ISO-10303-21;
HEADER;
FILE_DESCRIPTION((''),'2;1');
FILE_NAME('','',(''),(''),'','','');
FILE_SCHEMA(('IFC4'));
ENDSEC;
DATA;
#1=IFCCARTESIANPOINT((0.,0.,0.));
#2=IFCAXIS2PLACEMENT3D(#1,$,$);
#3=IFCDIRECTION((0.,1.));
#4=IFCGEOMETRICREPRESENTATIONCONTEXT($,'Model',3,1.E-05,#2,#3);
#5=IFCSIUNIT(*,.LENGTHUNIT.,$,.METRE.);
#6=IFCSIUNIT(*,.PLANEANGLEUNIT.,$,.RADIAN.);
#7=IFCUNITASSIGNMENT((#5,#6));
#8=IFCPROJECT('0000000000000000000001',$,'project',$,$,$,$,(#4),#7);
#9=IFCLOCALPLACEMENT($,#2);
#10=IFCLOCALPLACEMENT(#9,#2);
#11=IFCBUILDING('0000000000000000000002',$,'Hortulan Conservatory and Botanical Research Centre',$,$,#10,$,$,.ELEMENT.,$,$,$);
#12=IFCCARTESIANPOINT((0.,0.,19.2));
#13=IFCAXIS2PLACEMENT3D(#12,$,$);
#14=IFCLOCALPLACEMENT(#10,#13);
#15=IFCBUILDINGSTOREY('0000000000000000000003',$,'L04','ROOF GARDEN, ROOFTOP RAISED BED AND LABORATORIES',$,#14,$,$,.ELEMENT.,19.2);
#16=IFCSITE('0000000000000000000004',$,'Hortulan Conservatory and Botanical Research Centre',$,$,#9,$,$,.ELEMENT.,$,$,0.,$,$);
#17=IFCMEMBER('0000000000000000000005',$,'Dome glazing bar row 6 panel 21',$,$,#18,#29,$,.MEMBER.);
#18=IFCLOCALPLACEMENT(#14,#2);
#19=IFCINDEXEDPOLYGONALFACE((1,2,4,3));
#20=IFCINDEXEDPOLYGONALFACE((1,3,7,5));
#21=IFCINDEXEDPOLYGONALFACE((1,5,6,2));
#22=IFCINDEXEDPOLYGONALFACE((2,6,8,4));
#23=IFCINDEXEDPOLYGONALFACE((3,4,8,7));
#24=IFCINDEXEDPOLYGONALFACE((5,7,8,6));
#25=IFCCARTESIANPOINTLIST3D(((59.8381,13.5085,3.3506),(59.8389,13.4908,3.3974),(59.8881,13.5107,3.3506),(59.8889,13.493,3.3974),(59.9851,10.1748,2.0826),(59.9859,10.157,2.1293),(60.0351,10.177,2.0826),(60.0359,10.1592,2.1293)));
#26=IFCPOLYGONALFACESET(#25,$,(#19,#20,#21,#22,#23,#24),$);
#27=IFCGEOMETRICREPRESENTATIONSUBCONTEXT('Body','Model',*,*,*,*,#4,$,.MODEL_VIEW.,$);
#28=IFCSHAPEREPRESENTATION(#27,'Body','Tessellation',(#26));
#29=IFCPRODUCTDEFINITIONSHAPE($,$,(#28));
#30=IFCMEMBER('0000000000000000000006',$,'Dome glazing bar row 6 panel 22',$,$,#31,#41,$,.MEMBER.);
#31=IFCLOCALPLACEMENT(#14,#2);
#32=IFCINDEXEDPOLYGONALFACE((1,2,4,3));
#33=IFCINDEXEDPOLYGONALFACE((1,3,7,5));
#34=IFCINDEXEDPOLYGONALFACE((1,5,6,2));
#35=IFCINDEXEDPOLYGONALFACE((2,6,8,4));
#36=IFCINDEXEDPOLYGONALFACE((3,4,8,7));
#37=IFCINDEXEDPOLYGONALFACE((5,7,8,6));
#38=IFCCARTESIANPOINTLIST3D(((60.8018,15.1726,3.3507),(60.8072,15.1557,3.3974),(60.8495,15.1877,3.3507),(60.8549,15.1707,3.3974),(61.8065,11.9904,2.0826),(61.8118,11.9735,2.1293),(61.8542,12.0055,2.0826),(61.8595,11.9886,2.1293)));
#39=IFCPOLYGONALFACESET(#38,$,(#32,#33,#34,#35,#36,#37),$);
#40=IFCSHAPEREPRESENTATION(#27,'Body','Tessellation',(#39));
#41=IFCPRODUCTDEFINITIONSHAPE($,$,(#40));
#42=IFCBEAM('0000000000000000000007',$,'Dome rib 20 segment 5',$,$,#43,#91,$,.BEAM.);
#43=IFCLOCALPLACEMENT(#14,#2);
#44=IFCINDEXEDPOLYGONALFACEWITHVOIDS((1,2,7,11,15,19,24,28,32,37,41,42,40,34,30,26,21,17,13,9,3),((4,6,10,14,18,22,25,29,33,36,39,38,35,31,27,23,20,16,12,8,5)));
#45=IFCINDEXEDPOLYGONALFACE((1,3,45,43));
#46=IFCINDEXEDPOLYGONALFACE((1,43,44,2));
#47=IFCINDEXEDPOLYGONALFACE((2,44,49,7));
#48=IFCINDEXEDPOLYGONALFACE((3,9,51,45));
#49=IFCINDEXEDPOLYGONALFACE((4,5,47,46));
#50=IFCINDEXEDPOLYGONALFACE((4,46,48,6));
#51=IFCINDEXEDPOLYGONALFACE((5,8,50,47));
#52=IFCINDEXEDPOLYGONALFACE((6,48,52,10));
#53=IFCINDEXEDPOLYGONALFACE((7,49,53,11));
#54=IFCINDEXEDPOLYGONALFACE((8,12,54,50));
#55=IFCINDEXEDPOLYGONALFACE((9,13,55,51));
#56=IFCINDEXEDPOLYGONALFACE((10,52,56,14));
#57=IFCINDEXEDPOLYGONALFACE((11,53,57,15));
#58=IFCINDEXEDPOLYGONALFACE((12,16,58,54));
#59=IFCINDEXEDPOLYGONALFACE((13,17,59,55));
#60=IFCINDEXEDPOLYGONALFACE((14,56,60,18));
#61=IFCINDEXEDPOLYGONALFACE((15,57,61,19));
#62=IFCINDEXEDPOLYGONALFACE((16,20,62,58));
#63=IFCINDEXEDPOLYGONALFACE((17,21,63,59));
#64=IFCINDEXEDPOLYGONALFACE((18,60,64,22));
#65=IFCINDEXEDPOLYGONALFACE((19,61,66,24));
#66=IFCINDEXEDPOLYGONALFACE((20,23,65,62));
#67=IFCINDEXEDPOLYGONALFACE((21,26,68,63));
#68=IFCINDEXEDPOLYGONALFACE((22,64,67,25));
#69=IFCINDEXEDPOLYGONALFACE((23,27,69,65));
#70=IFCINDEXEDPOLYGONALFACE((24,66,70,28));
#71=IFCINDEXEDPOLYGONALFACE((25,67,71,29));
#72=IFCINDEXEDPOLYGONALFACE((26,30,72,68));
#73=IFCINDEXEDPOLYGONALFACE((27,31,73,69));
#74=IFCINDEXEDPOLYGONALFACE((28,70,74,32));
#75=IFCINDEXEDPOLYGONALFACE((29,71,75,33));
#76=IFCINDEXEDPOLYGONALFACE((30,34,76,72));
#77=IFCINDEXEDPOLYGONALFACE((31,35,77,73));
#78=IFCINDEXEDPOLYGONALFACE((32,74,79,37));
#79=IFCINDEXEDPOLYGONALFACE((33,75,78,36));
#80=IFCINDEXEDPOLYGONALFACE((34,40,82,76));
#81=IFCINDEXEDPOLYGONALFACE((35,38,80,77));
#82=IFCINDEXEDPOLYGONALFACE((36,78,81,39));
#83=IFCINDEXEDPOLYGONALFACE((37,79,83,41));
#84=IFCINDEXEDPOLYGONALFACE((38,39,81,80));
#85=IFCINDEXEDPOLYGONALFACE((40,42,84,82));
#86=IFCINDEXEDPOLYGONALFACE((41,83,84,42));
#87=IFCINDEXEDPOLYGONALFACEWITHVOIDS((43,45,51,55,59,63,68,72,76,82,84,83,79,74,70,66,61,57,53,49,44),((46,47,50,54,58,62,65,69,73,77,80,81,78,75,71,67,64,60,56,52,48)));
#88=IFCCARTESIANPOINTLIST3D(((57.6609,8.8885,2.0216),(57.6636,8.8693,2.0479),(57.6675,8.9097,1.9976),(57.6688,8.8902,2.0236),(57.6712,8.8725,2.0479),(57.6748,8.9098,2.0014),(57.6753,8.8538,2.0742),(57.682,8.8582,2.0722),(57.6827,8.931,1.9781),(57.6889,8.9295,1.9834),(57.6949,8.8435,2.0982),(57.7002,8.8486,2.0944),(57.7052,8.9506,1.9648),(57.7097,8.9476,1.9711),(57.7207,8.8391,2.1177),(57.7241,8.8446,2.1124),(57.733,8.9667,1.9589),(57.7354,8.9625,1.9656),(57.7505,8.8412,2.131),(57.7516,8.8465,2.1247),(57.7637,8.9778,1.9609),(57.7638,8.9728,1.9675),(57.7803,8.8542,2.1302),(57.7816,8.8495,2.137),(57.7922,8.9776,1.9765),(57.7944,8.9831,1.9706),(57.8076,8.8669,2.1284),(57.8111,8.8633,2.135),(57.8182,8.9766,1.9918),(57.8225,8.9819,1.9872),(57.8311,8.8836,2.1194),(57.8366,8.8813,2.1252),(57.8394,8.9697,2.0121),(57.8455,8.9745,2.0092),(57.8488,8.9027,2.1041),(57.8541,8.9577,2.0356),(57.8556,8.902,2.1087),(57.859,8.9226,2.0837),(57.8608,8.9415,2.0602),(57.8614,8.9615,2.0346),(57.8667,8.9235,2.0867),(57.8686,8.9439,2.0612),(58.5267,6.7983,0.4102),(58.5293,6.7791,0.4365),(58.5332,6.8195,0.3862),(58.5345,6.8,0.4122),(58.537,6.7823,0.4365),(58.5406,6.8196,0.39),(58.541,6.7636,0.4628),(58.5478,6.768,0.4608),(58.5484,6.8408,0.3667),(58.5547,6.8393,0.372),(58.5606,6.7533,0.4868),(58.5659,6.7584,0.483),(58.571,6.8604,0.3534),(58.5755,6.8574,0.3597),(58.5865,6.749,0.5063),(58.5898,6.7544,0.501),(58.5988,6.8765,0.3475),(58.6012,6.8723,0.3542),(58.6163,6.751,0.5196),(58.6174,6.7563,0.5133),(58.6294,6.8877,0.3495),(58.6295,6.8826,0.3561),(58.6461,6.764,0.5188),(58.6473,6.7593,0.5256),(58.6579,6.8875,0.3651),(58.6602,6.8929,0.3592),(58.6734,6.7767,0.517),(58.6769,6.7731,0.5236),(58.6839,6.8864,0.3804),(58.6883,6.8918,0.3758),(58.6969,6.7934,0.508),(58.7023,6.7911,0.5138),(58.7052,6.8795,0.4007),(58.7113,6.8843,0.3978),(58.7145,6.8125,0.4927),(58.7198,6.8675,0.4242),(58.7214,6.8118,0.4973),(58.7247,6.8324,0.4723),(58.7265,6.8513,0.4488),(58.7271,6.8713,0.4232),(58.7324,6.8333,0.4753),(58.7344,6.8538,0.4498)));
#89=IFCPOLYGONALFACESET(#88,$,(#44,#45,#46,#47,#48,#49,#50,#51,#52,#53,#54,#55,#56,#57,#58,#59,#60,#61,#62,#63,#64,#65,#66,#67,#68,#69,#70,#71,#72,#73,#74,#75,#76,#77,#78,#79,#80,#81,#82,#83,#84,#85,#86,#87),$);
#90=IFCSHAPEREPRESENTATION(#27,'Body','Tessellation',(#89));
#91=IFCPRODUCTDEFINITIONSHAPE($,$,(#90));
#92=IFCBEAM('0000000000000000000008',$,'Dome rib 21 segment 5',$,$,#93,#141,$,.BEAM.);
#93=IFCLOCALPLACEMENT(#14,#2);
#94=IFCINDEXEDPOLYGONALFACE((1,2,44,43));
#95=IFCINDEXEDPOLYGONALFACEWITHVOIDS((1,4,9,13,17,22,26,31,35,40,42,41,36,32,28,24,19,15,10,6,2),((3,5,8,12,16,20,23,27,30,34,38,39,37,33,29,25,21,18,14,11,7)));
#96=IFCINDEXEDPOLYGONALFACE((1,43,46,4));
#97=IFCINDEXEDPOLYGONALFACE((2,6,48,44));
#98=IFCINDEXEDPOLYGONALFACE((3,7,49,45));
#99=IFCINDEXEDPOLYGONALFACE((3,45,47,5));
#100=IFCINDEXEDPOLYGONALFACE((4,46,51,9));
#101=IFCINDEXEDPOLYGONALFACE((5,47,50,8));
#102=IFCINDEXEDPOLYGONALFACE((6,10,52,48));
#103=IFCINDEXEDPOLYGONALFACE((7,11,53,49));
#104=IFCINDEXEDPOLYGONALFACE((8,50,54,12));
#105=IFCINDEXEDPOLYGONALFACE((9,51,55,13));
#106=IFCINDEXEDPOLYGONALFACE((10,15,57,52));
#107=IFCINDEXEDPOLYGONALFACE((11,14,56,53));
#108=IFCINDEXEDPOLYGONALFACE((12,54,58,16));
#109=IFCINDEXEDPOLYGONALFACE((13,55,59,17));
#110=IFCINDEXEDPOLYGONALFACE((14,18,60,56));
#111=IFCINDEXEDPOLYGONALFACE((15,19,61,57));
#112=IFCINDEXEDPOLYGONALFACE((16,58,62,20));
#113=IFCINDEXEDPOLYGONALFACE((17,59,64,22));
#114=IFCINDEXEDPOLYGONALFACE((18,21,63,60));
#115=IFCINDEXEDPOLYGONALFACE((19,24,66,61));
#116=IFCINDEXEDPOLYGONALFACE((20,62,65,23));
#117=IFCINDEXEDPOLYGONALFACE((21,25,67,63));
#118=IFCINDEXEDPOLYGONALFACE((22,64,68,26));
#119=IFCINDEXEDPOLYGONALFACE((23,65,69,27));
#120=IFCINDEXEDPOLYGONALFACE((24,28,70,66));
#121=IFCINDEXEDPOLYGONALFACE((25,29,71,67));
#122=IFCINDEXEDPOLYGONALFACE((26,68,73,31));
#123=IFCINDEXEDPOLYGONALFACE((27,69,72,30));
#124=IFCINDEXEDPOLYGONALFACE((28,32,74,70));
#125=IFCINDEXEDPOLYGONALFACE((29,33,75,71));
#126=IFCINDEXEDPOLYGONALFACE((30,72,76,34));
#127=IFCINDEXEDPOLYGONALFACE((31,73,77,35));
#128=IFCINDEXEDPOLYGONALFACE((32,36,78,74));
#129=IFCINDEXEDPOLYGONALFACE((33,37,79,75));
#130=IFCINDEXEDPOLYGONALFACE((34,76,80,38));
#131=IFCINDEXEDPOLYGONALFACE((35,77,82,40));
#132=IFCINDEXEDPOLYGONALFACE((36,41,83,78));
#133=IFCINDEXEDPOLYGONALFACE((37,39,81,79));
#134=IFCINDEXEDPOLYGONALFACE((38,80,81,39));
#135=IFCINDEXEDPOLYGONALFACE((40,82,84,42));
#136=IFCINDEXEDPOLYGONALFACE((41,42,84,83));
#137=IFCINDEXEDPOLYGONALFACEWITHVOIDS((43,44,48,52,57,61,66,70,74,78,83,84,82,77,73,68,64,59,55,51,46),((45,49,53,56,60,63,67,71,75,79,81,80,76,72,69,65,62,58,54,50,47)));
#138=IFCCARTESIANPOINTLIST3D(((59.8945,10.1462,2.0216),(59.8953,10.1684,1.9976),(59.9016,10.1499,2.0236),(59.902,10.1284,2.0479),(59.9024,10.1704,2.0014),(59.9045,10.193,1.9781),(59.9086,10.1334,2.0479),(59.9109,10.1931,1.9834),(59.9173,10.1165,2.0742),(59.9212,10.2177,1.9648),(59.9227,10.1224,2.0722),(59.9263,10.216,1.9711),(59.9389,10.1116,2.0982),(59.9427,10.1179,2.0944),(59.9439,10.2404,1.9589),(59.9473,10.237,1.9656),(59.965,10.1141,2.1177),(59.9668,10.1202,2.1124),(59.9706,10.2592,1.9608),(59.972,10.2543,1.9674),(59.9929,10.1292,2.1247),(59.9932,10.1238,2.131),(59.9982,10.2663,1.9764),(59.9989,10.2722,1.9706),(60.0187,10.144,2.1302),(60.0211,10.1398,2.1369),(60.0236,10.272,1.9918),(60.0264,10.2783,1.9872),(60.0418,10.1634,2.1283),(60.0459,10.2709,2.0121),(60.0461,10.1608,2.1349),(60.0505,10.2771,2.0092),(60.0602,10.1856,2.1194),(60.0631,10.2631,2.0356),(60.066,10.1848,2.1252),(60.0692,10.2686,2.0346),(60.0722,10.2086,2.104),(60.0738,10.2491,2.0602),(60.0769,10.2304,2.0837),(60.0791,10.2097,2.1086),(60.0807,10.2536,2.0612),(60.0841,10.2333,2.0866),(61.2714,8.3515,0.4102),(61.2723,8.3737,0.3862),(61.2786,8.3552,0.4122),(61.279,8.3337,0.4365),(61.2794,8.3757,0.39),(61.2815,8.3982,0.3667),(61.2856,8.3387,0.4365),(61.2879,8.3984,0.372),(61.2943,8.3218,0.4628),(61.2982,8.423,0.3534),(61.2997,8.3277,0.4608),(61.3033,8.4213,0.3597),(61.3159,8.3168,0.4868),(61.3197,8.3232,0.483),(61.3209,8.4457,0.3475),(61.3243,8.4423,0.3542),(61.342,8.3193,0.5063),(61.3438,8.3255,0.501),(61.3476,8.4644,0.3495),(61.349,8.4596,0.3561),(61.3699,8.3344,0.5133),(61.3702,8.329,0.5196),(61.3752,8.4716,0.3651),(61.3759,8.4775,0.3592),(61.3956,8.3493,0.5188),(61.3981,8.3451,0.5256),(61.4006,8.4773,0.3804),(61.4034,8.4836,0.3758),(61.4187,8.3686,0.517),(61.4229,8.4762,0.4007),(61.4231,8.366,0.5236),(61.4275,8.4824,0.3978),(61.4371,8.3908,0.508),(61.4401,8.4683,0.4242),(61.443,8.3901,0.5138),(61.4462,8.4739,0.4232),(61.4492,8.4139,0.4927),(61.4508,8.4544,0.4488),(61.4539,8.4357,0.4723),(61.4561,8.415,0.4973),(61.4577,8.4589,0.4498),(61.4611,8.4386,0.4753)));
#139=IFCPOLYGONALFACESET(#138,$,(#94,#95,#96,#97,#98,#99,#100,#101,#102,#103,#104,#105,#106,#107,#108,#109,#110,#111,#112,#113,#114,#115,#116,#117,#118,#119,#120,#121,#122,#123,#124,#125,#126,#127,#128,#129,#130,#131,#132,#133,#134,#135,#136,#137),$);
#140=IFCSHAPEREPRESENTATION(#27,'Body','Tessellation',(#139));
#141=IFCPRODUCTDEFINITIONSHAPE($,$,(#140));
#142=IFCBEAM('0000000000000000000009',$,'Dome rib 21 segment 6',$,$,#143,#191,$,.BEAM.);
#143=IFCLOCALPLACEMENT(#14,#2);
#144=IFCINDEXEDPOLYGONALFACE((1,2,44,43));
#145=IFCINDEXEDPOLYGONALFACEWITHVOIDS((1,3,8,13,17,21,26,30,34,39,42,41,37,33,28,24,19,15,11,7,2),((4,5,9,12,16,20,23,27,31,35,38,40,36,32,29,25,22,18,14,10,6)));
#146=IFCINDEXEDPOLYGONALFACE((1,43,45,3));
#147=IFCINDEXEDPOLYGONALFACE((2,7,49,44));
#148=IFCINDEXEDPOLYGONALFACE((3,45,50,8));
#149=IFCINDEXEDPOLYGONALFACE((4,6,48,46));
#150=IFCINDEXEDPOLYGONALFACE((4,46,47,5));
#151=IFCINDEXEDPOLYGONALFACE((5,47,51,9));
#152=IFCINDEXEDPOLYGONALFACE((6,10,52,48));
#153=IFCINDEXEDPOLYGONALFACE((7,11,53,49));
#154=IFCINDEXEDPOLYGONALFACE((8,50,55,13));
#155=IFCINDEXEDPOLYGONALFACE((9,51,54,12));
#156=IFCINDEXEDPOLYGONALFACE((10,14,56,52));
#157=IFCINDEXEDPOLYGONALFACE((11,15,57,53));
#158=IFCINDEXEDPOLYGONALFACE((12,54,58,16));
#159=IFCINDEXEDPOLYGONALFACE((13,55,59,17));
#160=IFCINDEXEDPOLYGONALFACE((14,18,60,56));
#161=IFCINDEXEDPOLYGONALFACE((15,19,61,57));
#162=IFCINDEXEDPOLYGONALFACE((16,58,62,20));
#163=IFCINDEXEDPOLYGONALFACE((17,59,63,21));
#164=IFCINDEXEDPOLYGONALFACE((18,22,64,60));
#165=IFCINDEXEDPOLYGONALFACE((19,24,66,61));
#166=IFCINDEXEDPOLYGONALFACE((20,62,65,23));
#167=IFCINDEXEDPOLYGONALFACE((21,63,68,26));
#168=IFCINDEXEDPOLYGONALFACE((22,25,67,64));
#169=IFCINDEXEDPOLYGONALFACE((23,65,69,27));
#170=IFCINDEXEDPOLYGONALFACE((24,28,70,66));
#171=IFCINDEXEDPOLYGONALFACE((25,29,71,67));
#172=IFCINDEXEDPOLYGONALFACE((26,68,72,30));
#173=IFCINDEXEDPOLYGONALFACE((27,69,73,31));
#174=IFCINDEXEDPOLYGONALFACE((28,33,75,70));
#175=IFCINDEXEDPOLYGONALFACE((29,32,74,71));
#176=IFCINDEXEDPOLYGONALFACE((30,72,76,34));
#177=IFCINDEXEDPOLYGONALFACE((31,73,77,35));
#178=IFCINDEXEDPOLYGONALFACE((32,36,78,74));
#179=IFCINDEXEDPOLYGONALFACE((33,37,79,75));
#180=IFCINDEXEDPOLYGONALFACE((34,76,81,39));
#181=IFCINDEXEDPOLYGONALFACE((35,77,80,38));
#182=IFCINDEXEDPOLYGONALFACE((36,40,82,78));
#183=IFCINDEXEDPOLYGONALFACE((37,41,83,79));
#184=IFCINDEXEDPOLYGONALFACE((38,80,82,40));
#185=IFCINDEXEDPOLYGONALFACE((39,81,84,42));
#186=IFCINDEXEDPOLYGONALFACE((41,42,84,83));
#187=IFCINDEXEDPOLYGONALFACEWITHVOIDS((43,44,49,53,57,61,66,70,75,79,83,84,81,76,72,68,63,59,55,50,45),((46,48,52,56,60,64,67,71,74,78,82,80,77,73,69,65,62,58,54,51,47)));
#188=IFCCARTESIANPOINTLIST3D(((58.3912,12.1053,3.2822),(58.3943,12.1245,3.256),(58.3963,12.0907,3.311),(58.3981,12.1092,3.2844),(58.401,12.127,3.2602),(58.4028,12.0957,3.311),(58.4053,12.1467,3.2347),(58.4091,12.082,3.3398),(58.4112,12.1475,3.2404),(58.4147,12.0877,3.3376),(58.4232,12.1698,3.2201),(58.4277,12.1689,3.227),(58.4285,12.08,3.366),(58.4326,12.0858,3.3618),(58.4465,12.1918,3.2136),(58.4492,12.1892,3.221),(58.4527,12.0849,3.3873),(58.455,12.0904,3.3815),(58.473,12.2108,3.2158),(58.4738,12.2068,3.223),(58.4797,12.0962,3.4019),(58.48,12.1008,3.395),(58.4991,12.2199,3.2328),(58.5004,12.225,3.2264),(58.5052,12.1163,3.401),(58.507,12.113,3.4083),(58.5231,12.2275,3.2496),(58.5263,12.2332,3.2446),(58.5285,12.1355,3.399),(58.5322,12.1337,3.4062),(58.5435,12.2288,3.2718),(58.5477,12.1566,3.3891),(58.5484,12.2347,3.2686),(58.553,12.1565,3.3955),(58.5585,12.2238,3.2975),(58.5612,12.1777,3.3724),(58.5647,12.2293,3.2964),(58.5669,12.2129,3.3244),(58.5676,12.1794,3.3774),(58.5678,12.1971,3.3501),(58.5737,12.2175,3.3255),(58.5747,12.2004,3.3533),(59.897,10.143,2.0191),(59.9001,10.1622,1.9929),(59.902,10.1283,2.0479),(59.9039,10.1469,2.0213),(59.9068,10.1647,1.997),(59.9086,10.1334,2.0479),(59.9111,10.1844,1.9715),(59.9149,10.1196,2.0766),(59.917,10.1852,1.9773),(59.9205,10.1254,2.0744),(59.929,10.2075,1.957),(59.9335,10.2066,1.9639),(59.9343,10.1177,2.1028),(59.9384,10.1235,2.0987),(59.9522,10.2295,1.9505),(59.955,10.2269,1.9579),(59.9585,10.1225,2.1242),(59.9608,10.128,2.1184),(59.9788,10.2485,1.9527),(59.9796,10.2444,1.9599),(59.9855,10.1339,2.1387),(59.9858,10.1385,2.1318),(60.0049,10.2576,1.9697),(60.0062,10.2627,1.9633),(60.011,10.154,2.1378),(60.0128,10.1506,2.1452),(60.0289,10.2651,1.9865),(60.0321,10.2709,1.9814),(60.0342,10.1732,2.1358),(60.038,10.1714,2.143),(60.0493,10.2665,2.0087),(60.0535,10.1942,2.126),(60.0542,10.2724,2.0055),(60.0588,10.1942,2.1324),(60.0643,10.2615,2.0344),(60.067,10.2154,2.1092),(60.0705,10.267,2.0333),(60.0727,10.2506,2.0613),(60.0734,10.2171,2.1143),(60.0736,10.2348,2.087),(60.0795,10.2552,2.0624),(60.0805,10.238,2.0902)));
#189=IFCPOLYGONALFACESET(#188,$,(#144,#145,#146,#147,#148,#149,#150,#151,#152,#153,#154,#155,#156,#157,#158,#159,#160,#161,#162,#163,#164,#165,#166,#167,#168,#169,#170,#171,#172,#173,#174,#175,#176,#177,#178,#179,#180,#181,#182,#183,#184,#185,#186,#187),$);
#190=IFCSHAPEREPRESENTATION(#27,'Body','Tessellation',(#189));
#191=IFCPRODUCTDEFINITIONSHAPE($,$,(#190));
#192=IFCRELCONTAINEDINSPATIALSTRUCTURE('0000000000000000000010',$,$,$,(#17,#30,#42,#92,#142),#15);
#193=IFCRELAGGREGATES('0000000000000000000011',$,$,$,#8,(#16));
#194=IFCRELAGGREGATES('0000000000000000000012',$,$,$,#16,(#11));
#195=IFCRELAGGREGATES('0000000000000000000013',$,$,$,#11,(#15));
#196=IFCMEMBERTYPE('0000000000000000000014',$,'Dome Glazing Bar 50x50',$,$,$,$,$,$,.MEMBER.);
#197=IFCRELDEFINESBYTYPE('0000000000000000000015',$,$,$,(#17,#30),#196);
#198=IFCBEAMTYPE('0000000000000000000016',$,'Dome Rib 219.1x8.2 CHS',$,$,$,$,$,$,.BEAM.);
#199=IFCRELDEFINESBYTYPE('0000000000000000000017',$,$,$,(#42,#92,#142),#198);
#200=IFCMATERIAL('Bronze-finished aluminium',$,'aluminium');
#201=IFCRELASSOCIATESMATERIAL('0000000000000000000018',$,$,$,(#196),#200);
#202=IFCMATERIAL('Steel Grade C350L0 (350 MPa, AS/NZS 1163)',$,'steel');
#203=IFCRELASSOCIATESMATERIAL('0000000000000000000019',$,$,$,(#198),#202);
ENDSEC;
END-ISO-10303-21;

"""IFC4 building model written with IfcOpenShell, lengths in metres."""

from ifc_helpers import new_model, si_unit, direction, frame, origin, origin_2d, place, context, subcontext, project, spatial, rectangle, hollow_circle, extrude, material, material_profile, profile_set, type_object, element, save


model = new_model("IFC4")

# Units and contexts
model_context = context("Model", 3, precision=1e-05, world=origin(), true_north=direction((0.0, 1.0)))
body_context = subcontext(model_context, "Body", "Model", "MODEL_VIEW")
ifc_project = project(units=[si_unit("LENGTHUNIT", "METRE"), si_unit("PLANEANGLEUNIT", "RADIAN")], contexts=[model_context])

# Site, building, storey
site_placement = place(None, origin())
site = spatial("IfcSite", under=ifc_project, at=site_placement, Name="Hortulan Conservatory and Botanical Research Centre", CompositionType="ELEMENT", RefElevation=0.0)
building_placement = place(site_placement, origin())
building = spatial("IfcBuilding", under=site, at=building_placement, Name="Hortulan Conservatory and Botanical Research Centre", CompositionType="ELEMENT")
storey_placement = place(building_placement, frame((0.0, 0.0, 19.2)))
storey = spatial("IfcBuildingStorey", under=building, at=storey_placement, Name="L04", Description="ROOF GARDEN, ROOFTOP RAISED BED AND LABORATORIES", CompositionType="ELEMENT", Elevation=19.2)

# Members
ifc_material_1 = material(Name="Bronze-finished aluminium", Category="aluminium")
ifc_material_profile_1 = material_profile(ifc_material_1, rectangle(XDim=0.05, YDim=0.05, at=origin_2d()), Name="Square bar 50x50")
ifc_profile_set_1 = profile_set([ifc_material_profile_1], Name="Bronze-finished aluminium")
member_type_1 = type_object("IfcMemberType", Name="Dome Glazing Bar 50x50", PredefinedType="MEMBER", material=ifc_profile_set_1)
for number, where, z_axis, x_axis, name in (
    (1, (60.0105, 10.167, 2.106), (-0.041171, 0.933875, 0.355221), (-0.99903, -0.044044, 0.0), "Dome glazing bar row 6 panel 21"),
    (2, (61.833, 11.9895, 2.106), (-0.28143, 0.891411, 0.355224), (-0.953604, -0.301065, 0.0), "Dome glazing bar row 6 panel 22"),
):
    element("IfcMember", number, at=place(storey_placement, frame(where, z_axis=z_axis, x_axis=x_axis)), inside=storey, type_object=member_type_1, Name=name, PredefinedType="MEMBER", context=body_context, shape_type="SweptSolid", body=[
        extrude(rectangle(XDim=0.05, YDim=0.05, at=origin_2d()), origin(), (0.0, 0.0, 1.0), 3.5698),
    ])

# Beams
ifc_material_2 = material(Name="Steel Grade C350L0 (350 MPa, AS/NZS 1163)", Category="steel")
ifc_material_profile_2 = material_profile(ifc_material_2, hollow_circle(Radius=0.1096, WallThickness=0.0083, at=origin_2d()), Name="219.1x8.2CHS")
ifc_profile_set_2 = profile_set([ifc_material_profile_2], Name="Steel Grade C350L0 (350 MPa, AS/NZS 1163)")
beam_type = type_object("IfcBeamType", Name="Dome Rib 219.1x8.2 CHS", PredefinedType="BEAM", material=ifc_profile_set_2)
beam_placement = place(storey_placement, frame((58.6306, 6.821, 0.4365), z_axis=(-0.311695, 0.752516, 0.580143), x_axis=(-0.923883, -0.382676, 0.0)))
element("IfcBeam", 3, at=beam_placement, inside=storey, type_object=beam_type, Name="Dome rib 20 segment 5", PredefinedType="BEAM", context=body_context, shape_type="SweptSolid", body=[
    extrude(hollow_circle(Radius=0.1096, WallThickness=0.0083, at=origin_2d()), origin(), (0.0, 0.0, 1.0), 2.7776),
])
for number, where, z_axis, x_axis, name in (
    (4, (61.366, 8.4004, 0.4365), (-0.495793, 0.646201, 0.580184), (-0.793386, -0.608719, 0.0), "Dome rib 21 segment 5"),
    (5, (59.989, 10.1951, 2.0479), (-0.542172, 0.706546, 0.454799), (-0.793343, -0.608775, 0.0), "Dome rib 21 segment 6"),
):
    element("IfcBeam", number, at=place(storey_placement, frame(where, z_axis=z_axis, x_axis=x_axis)), inside=storey, type_object=beam_type, Name=name, PredefinedType="BEAM", context=body_context, shape_type="SweptSolid", body=[
        extrude(hollow_circle(Radius=0.1096, WallThickness=0.0083, at=origin_2d()), origin(), (0.0, 0.0, 1.0), 2.7773),
    ])

save(model, "model.ifc")
